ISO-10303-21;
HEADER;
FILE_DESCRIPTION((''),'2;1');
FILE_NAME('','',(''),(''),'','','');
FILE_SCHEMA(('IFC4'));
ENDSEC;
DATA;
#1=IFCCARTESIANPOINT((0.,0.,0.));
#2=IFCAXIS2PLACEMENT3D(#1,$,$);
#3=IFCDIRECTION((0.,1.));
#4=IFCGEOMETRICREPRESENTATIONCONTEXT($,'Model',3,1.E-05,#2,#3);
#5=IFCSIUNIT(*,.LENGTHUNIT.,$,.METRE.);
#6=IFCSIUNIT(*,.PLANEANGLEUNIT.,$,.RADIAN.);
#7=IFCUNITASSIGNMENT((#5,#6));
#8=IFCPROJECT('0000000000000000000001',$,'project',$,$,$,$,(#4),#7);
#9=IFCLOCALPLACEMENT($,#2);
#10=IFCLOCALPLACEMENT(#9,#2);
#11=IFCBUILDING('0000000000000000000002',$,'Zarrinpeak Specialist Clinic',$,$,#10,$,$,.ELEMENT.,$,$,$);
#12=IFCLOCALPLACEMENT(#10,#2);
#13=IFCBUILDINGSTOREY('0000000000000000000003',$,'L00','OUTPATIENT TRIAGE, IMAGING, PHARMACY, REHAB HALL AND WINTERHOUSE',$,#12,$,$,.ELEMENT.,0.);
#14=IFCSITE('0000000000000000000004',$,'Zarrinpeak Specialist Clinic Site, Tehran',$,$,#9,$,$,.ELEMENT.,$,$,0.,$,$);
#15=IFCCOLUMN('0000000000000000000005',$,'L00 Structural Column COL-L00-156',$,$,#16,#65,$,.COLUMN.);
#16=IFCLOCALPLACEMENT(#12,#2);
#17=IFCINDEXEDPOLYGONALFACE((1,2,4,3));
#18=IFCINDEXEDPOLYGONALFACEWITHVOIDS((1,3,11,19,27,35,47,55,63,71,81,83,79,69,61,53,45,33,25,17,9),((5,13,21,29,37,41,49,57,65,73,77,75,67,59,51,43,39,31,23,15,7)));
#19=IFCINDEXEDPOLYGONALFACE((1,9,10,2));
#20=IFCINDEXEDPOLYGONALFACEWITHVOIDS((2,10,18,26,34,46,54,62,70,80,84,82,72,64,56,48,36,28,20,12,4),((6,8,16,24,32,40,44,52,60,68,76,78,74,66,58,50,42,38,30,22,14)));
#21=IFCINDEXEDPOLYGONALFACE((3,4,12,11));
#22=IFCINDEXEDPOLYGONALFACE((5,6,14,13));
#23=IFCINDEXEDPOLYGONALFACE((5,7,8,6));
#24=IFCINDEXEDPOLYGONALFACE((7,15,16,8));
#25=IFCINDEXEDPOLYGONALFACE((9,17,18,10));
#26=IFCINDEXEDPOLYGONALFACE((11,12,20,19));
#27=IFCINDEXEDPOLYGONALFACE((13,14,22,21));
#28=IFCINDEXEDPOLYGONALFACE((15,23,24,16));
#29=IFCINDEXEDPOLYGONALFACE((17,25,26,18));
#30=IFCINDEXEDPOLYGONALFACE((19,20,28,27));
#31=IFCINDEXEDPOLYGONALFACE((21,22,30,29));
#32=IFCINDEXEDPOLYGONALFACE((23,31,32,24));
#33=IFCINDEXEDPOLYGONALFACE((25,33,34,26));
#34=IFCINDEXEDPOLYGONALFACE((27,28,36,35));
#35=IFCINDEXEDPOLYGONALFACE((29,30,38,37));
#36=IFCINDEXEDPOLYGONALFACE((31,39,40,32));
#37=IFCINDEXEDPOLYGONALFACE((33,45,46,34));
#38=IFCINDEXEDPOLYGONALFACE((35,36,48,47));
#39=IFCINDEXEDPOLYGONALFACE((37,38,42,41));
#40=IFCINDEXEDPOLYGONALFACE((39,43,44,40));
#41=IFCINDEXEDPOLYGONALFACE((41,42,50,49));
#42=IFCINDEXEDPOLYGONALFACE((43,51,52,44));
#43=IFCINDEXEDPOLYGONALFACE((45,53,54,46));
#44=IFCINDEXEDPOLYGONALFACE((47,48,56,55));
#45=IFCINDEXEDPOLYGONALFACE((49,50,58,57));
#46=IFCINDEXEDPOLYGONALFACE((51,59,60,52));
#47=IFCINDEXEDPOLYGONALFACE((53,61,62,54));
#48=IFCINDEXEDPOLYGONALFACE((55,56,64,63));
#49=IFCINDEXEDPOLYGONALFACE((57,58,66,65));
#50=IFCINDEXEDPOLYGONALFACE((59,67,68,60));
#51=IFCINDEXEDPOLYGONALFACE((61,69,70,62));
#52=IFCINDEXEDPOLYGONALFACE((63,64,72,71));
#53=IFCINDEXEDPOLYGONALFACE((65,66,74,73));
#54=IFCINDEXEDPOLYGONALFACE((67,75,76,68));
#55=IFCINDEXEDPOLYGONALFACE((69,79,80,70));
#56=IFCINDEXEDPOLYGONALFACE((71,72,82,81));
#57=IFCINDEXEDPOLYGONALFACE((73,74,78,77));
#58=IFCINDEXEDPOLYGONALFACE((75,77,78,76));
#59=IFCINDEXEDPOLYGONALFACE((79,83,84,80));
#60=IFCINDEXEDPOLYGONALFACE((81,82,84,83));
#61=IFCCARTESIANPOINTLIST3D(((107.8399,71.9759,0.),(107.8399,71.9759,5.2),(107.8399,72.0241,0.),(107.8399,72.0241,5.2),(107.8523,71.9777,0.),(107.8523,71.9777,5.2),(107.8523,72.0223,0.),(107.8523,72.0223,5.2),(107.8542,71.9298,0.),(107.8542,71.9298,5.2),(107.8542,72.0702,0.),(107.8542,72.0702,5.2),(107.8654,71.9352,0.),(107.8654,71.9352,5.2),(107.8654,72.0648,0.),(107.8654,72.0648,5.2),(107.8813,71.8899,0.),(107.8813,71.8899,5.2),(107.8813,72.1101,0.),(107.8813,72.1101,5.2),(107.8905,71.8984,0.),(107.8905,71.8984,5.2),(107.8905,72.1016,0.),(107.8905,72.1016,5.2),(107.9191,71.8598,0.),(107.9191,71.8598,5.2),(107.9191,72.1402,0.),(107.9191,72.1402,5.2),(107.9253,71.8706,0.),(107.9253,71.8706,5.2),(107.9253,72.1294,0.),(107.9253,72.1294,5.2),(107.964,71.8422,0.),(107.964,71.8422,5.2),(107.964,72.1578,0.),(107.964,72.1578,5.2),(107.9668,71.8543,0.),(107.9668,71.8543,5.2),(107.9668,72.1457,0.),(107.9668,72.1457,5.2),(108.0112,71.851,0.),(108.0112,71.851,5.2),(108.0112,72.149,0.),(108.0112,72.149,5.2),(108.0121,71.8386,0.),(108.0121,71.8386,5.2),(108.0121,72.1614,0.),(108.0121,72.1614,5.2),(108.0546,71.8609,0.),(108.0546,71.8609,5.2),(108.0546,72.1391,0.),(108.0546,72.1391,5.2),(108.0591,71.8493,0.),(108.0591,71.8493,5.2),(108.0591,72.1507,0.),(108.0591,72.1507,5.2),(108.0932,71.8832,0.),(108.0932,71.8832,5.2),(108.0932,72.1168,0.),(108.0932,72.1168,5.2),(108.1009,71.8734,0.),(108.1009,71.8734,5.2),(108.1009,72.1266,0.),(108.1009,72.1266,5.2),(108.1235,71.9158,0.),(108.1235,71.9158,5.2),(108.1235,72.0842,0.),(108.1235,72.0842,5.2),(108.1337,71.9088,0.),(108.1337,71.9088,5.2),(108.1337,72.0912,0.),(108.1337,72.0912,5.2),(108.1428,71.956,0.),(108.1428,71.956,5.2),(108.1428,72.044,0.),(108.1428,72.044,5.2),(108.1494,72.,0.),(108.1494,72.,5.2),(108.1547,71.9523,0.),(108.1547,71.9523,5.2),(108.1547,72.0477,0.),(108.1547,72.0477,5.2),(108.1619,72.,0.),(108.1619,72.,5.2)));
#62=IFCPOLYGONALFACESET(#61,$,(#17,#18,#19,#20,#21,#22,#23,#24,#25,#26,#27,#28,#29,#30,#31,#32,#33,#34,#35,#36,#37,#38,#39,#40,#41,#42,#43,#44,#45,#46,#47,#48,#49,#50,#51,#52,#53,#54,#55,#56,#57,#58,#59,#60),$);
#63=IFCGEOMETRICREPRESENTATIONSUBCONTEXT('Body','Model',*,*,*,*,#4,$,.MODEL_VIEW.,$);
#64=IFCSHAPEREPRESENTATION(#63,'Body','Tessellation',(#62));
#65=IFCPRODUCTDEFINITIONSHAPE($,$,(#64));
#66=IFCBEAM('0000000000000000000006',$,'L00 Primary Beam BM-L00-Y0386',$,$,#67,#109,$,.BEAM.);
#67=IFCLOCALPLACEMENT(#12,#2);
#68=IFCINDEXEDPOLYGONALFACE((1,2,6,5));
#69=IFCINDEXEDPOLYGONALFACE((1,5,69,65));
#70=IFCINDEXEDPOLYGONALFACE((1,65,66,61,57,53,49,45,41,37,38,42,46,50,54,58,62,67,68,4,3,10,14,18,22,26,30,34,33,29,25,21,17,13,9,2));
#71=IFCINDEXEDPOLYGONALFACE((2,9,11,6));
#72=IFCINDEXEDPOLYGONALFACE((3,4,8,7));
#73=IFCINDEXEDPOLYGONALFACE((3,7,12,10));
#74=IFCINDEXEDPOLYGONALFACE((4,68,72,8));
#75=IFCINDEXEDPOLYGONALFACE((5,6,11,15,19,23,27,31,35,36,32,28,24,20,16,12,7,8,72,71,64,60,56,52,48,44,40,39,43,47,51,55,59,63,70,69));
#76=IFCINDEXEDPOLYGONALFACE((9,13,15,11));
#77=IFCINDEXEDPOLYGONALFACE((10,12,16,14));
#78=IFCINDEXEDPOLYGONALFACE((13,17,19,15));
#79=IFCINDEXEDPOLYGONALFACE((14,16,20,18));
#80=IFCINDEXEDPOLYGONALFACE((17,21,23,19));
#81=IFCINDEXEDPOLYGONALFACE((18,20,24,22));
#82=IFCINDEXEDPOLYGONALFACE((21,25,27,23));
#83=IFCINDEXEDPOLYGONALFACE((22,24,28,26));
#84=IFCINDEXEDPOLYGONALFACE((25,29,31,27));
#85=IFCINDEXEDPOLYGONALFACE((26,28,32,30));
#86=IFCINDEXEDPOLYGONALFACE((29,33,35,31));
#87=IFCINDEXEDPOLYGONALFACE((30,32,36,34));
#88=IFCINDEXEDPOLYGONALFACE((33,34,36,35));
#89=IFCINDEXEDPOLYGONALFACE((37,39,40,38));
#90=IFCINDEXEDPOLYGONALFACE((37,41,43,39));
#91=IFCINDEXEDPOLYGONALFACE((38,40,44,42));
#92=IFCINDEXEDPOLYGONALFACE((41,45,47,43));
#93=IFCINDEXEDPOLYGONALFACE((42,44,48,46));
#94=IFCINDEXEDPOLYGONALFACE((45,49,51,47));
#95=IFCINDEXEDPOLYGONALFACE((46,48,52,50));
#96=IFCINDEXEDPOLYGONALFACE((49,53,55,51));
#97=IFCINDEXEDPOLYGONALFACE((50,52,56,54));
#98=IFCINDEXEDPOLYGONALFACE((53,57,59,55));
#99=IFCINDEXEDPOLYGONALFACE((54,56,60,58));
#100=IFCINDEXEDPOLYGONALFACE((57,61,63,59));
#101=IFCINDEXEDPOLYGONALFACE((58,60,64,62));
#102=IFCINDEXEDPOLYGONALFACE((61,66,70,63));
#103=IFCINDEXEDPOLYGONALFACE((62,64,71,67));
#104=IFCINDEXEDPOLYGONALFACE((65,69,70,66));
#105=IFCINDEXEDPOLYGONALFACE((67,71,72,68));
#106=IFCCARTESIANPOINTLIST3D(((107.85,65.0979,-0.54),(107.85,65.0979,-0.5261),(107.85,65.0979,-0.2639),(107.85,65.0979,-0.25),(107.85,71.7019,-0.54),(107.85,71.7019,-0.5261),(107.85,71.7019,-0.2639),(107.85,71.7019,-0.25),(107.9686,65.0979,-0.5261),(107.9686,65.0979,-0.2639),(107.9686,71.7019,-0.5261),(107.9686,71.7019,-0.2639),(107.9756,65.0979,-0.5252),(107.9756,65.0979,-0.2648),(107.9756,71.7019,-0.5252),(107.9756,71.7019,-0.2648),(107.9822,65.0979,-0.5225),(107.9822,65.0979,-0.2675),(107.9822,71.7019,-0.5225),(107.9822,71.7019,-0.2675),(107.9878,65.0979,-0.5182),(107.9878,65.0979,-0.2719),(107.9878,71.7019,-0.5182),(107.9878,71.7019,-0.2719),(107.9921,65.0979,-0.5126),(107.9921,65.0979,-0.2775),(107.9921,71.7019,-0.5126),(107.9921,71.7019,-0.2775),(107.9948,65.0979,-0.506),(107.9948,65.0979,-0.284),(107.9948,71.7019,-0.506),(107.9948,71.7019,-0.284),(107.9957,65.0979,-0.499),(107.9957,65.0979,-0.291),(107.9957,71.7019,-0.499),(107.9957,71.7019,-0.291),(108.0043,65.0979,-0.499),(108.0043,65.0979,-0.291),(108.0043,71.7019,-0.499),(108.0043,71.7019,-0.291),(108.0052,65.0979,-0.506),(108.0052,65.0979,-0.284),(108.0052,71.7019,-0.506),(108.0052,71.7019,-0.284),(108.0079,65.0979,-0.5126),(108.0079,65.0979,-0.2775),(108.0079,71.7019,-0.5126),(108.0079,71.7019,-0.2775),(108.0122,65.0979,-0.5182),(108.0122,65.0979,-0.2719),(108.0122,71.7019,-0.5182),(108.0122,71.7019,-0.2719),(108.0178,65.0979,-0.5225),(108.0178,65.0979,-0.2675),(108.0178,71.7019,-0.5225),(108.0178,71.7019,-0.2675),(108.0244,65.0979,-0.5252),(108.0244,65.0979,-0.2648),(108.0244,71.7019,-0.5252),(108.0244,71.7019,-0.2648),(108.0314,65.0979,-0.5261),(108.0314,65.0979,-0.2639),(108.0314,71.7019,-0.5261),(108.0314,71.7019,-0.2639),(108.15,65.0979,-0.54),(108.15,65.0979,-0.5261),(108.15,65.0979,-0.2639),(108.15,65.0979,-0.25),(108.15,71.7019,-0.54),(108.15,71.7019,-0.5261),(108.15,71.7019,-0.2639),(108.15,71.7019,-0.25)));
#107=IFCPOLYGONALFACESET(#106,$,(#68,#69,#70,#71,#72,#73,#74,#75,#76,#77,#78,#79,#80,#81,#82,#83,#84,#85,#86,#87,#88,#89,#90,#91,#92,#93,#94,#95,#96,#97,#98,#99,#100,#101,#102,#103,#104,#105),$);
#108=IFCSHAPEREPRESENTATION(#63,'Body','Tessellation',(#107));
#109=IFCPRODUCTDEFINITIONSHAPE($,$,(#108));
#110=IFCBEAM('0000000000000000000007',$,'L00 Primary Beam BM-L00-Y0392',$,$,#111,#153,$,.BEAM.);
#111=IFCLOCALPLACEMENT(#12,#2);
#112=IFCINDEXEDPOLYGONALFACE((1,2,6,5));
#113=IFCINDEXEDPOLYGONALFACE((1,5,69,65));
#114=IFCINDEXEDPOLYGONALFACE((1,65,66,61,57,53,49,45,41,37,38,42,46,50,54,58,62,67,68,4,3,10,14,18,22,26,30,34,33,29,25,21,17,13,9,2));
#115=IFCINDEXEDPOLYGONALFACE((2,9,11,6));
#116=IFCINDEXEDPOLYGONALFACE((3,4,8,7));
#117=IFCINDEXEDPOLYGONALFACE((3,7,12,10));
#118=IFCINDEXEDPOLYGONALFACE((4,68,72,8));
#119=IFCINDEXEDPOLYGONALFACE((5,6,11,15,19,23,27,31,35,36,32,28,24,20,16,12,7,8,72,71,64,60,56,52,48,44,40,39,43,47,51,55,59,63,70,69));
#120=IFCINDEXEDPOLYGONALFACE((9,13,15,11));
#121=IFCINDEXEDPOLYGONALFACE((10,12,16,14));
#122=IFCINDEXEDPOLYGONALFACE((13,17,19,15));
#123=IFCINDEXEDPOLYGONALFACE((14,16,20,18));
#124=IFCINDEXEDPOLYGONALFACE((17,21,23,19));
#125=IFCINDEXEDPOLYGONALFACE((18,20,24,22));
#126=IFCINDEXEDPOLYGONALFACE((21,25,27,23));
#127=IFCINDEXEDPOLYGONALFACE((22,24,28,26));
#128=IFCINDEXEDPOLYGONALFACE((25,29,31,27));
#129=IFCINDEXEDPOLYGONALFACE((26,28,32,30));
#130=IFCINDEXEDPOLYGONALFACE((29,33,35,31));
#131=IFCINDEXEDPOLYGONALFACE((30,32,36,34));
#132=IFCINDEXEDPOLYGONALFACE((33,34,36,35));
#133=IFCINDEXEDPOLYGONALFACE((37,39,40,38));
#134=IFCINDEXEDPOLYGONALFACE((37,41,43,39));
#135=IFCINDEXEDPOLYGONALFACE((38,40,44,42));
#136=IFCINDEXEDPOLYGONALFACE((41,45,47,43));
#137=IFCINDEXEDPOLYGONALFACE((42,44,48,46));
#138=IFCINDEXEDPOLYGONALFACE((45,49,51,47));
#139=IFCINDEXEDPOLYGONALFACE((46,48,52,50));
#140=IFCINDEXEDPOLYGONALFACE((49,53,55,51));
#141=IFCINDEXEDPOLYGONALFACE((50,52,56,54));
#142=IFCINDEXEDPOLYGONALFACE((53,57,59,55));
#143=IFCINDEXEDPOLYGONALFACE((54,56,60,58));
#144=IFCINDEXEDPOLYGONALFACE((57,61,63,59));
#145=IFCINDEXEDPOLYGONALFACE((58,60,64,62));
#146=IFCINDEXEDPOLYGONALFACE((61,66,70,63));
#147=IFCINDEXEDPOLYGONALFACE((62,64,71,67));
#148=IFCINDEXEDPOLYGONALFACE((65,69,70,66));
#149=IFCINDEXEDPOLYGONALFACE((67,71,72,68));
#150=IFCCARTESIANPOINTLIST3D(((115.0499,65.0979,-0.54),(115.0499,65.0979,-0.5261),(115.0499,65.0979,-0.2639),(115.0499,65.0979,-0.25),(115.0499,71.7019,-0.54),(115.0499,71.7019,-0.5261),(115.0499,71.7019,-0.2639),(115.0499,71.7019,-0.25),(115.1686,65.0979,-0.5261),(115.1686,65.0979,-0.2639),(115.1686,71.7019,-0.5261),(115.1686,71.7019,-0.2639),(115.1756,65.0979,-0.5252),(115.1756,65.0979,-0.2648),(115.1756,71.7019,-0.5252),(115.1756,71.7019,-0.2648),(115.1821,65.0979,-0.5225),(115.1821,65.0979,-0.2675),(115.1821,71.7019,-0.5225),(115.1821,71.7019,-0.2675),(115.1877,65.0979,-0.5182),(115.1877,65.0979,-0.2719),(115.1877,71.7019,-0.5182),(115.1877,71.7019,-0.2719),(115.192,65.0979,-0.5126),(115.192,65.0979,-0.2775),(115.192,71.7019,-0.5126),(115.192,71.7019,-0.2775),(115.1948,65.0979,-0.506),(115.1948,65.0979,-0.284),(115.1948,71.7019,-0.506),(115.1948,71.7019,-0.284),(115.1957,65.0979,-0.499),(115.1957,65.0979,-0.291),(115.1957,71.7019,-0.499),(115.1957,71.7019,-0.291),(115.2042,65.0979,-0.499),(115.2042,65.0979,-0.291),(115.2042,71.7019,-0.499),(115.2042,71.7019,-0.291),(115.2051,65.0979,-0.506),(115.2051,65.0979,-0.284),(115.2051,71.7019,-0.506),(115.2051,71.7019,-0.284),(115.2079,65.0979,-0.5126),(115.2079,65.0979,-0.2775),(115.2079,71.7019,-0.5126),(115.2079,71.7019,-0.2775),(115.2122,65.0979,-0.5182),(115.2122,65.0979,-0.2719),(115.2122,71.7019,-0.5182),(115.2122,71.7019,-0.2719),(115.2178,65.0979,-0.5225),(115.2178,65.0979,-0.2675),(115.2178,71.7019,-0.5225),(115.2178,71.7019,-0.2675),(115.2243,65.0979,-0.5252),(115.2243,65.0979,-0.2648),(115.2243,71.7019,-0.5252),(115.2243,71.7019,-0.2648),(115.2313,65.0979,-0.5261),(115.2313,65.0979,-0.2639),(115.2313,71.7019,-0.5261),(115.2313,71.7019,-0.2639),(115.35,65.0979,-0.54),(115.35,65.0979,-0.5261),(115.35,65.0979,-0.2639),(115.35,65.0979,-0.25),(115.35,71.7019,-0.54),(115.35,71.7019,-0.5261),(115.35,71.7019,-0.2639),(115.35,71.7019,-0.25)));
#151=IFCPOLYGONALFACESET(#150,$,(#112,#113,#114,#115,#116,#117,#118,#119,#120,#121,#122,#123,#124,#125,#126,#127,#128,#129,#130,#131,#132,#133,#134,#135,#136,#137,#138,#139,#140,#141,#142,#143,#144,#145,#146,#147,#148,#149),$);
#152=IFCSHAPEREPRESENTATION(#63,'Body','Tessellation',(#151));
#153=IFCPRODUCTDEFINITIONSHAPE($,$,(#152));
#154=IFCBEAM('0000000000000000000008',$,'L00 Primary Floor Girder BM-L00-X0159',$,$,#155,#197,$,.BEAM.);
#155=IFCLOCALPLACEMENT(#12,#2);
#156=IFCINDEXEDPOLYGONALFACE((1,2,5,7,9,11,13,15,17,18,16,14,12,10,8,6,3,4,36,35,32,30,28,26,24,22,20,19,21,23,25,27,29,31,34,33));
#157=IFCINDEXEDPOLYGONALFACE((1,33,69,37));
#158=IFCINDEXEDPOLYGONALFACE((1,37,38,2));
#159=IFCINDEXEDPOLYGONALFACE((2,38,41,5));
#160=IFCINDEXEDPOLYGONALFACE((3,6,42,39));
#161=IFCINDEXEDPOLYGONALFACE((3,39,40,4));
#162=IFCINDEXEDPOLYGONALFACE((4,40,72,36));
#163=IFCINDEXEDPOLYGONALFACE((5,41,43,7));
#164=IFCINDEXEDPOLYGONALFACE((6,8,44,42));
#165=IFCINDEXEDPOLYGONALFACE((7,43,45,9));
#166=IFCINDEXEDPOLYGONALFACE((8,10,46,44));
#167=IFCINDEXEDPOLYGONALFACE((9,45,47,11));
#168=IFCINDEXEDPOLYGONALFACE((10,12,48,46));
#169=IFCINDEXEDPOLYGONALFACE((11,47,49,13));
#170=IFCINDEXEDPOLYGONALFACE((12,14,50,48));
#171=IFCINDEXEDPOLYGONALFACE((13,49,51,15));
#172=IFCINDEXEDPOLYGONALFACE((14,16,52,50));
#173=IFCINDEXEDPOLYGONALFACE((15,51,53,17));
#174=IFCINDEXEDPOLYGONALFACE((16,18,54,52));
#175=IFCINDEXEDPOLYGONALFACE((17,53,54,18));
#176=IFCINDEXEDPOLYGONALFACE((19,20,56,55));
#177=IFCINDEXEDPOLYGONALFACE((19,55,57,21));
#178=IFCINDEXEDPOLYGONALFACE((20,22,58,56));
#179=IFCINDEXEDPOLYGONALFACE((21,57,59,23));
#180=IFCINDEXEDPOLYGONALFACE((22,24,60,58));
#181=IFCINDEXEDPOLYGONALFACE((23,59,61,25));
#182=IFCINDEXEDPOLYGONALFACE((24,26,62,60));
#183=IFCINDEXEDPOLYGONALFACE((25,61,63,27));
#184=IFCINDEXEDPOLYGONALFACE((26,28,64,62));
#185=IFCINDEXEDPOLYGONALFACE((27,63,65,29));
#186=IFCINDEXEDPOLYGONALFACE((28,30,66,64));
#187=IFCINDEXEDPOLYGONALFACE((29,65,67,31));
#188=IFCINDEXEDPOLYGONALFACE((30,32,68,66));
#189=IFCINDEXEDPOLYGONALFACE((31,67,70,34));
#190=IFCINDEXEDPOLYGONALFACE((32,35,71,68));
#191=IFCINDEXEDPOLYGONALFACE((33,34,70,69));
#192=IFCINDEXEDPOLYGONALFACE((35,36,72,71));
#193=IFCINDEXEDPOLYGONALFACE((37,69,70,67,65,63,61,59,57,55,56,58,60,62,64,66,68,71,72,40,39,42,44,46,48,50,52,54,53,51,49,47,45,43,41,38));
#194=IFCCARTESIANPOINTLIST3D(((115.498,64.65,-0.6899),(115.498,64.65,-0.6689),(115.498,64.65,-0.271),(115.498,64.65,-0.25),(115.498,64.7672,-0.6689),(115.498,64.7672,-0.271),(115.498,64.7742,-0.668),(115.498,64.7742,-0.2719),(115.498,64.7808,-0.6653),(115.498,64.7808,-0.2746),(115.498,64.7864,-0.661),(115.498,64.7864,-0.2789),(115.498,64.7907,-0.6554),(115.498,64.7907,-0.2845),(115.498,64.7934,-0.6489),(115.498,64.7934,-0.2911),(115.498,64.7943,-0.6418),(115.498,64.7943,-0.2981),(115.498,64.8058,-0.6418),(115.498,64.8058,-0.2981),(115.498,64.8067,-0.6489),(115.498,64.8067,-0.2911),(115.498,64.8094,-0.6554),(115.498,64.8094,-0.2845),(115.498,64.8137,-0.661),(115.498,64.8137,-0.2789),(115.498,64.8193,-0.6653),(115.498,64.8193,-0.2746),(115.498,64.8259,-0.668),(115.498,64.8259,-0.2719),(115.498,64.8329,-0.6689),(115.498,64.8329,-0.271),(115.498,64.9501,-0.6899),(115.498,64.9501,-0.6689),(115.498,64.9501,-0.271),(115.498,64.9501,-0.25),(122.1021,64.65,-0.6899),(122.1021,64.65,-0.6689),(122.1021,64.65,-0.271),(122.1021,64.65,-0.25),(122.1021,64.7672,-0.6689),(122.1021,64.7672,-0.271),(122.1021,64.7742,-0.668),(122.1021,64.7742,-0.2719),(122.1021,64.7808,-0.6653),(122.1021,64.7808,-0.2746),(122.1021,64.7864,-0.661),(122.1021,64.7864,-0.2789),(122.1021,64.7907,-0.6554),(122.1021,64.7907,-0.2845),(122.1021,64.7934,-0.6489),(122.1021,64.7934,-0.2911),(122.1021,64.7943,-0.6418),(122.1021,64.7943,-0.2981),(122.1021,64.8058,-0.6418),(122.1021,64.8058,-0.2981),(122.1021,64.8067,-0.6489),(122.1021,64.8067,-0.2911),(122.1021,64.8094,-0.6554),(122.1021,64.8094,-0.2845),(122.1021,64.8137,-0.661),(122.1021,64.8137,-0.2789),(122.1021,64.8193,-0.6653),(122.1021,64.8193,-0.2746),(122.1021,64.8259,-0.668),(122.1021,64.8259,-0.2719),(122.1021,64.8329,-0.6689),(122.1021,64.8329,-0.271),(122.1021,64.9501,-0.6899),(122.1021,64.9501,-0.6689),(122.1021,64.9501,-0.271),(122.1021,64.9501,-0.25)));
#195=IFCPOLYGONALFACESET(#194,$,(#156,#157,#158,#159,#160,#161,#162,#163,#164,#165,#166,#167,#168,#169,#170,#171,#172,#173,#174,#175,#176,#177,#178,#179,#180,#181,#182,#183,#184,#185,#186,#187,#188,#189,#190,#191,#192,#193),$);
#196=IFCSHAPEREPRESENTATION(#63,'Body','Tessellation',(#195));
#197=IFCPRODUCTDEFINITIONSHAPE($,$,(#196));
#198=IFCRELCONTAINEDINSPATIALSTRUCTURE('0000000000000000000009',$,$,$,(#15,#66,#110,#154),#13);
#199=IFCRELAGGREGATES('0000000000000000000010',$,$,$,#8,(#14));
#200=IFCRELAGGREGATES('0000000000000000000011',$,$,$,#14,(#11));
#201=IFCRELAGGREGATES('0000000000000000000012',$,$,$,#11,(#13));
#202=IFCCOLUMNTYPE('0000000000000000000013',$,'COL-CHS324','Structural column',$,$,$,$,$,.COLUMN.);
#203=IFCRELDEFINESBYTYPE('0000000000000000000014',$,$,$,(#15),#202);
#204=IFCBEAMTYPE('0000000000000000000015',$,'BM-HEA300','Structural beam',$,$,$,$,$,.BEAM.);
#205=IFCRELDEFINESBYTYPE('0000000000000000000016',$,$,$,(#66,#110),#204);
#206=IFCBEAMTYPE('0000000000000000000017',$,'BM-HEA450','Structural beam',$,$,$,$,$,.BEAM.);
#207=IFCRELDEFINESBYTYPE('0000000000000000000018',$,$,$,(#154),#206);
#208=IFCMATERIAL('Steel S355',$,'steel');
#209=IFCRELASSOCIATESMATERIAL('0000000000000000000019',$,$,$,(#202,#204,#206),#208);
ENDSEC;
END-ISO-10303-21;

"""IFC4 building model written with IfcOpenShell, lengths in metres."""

from ifc_helpers import new_model, si_unit, direction, frame, origin, origin_2d, place, context, subcontext, project, spatial, hollow_circle, i_section, extrude, material, material_profile, profile_set, type_object, element, save


model = new_model("IFC4")

# Units and contexts
model_context = context("Model", 3, precision=1e-05, world=origin(), true_north=direction((0.0, 1.0)))
body_context = subcontext(model_context, "Body", "Model", "MODEL_VIEW")
ifc_project = project(units=[si_unit("LENGTHUNIT", "METRE"), si_unit("PLANEANGLEUNIT", "RADIAN")], contexts=[model_context])

# Site, building, storey
site_placement = place(None, origin())
site = spatial("IfcSite", under=ifc_project, at=site_placement, Name="Zarrinpeak Specialist Clinic Site, Tehran", CompositionType="ELEMENT", RefElevation=0.0)
building_placement = place(site_placement, origin())
building = spatial("IfcBuilding", under=site, at=building_placement, Name="Zarrinpeak Specialist Clinic", CompositionType="ELEMENT")
storey_placement = place(building_placement, origin())
storey = spatial("IfcBuildingStorey", under=building, at=storey_placement, Name="L00", Description="OUTPATIENT TRIAGE, IMAGING, PHARMACY, REHAB HALL AND WINTERHOUSE", CompositionType="ELEMENT", Elevation=0.0)

# Column
ifc_material_1 = material(Name="Steel S355", Category="steel")
ifc_material_profile_1 = material_profile(ifc_material_1, hollow_circle(Radius=0.1619, WallThickness=0.0125, at=origin_2d()), Name="CHS 323.9x12.5")
ifc_profile_set_1 = profile_set([ifc_material_profile_1], Name="Steel S355")
column_type = type_object("IfcColumnType", Name="COL-CHS324", Description="Structural column", PredefinedType="COLUMN", material=ifc_profile_set_1)
column_placement = place(storey_placement, frame((108.0, 72.0, 0.0), z_axis=(0.0, 0.0, 1.0), x_axis=(1.0, 0.0, 0.0)))
element("IfcColumn", 1, at=column_placement, inside=storey, type_object=column_type, Name="L00 Structural Column COL-L00-156", PredefinedType="COLUMN", context=body_context, shape_type="SweptSolid", body=[
    extrude(hollow_circle(Radius=0.1619, WallThickness=0.0125, at=origin_2d()), origin(), (0.0, 0.0, 1.0), 5.2),
])

# Beams
ifc_material_profile_2 = material_profile(ifc_material_1, i_section(OverallWidth=0.3, OverallDepth=0.29, WebThickness=0.0085, FlangeThickness=0.0139, FilletRadius=0.0271, at=origin_2d()), Name="HEA 300")
ifc_profile_set_2 = profile_set([ifc_material_profile_2], Name="Steel S355")
beam_type_1 = type_object("IfcBeamType", Name="BM-HEA300", Description="Structural beam", PredefinedType="BEAM", material=ifc_profile_set_2)
for number, where, z_axis, x_axis, name in (
    (2, (108.0, 65.0979, -0.395), (0.0, 1.0, 0.0), (-1.0, 0.0, 0.0), "L00 Primary Beam BM-L00-Y0386"),
    (3, (115.2, 65.0979, -0.395), (0.0, 1.0, 0.0), (-1.0, 0.0, 0.0), "L00 Primary Beam BM-L00-Y0392"),
):
    element("IfcBeam", number, at=place(storey_placement, frame(where, z_axis=z_axis, x_axis=x_axis)), inside=storey, type_object=beam_type_1, Name=name, PredefinedType="BEAM", context=body_context, shape_type="SweptSolid", body=[
        extrude(i_section(OverallWidth=0.3, OverallDepth=0.29, WebThickness=0.0085, FlangeThickness=0.0139, FilletRadius=0.0271, at=origin_2d()), origin(), (0.0, 0.0, 1.0), 6.604),
    ])
ifc_material_profile_3 = material_profile(ifc_material_1, i_section(OverallWidth=0.3, OverallDepth=0.4399, WebThickness=0.0115, FlangeThickness=0.021, FilletRadius=0.0271, at=origin_2d()), Name="HEA 450")
ifc_profile_set_3 = profile_set([ifc_material_profile_3], Name="Steel S355")
beam_type_2 = type_object("IfcBeamType", Name="BM-HEA450", Description="Structural beam", PredefinedType="BEAM", material=ifc_profile_set_3)
beam_placement = place(storey_placement, frame((115.498, 64.8, -0.47), z_axis=(1.0, 0.0, 0.0), x_axis=(0.0, 1.0, 0.0)))
element("IfcBeam", 4, at=beam_placement, inside=storey, type_object=beam_type_2, Name="L00 Primary Floor Girder BM-L00-X0159", PredefinedType="BEAM", context=body_context, shape_type="SweptSolid", body=[
    extrude(i_section(OverallWidth=0.3, OverallDepth=0.4399, WebThickness=0.0115, FlangeThickness=0.021, FilletRadius=0.0271, at=origin_2d()), origin(), (0.0, 0.0, 1.0), 6.604),
])

save(model, "model.ifc")
